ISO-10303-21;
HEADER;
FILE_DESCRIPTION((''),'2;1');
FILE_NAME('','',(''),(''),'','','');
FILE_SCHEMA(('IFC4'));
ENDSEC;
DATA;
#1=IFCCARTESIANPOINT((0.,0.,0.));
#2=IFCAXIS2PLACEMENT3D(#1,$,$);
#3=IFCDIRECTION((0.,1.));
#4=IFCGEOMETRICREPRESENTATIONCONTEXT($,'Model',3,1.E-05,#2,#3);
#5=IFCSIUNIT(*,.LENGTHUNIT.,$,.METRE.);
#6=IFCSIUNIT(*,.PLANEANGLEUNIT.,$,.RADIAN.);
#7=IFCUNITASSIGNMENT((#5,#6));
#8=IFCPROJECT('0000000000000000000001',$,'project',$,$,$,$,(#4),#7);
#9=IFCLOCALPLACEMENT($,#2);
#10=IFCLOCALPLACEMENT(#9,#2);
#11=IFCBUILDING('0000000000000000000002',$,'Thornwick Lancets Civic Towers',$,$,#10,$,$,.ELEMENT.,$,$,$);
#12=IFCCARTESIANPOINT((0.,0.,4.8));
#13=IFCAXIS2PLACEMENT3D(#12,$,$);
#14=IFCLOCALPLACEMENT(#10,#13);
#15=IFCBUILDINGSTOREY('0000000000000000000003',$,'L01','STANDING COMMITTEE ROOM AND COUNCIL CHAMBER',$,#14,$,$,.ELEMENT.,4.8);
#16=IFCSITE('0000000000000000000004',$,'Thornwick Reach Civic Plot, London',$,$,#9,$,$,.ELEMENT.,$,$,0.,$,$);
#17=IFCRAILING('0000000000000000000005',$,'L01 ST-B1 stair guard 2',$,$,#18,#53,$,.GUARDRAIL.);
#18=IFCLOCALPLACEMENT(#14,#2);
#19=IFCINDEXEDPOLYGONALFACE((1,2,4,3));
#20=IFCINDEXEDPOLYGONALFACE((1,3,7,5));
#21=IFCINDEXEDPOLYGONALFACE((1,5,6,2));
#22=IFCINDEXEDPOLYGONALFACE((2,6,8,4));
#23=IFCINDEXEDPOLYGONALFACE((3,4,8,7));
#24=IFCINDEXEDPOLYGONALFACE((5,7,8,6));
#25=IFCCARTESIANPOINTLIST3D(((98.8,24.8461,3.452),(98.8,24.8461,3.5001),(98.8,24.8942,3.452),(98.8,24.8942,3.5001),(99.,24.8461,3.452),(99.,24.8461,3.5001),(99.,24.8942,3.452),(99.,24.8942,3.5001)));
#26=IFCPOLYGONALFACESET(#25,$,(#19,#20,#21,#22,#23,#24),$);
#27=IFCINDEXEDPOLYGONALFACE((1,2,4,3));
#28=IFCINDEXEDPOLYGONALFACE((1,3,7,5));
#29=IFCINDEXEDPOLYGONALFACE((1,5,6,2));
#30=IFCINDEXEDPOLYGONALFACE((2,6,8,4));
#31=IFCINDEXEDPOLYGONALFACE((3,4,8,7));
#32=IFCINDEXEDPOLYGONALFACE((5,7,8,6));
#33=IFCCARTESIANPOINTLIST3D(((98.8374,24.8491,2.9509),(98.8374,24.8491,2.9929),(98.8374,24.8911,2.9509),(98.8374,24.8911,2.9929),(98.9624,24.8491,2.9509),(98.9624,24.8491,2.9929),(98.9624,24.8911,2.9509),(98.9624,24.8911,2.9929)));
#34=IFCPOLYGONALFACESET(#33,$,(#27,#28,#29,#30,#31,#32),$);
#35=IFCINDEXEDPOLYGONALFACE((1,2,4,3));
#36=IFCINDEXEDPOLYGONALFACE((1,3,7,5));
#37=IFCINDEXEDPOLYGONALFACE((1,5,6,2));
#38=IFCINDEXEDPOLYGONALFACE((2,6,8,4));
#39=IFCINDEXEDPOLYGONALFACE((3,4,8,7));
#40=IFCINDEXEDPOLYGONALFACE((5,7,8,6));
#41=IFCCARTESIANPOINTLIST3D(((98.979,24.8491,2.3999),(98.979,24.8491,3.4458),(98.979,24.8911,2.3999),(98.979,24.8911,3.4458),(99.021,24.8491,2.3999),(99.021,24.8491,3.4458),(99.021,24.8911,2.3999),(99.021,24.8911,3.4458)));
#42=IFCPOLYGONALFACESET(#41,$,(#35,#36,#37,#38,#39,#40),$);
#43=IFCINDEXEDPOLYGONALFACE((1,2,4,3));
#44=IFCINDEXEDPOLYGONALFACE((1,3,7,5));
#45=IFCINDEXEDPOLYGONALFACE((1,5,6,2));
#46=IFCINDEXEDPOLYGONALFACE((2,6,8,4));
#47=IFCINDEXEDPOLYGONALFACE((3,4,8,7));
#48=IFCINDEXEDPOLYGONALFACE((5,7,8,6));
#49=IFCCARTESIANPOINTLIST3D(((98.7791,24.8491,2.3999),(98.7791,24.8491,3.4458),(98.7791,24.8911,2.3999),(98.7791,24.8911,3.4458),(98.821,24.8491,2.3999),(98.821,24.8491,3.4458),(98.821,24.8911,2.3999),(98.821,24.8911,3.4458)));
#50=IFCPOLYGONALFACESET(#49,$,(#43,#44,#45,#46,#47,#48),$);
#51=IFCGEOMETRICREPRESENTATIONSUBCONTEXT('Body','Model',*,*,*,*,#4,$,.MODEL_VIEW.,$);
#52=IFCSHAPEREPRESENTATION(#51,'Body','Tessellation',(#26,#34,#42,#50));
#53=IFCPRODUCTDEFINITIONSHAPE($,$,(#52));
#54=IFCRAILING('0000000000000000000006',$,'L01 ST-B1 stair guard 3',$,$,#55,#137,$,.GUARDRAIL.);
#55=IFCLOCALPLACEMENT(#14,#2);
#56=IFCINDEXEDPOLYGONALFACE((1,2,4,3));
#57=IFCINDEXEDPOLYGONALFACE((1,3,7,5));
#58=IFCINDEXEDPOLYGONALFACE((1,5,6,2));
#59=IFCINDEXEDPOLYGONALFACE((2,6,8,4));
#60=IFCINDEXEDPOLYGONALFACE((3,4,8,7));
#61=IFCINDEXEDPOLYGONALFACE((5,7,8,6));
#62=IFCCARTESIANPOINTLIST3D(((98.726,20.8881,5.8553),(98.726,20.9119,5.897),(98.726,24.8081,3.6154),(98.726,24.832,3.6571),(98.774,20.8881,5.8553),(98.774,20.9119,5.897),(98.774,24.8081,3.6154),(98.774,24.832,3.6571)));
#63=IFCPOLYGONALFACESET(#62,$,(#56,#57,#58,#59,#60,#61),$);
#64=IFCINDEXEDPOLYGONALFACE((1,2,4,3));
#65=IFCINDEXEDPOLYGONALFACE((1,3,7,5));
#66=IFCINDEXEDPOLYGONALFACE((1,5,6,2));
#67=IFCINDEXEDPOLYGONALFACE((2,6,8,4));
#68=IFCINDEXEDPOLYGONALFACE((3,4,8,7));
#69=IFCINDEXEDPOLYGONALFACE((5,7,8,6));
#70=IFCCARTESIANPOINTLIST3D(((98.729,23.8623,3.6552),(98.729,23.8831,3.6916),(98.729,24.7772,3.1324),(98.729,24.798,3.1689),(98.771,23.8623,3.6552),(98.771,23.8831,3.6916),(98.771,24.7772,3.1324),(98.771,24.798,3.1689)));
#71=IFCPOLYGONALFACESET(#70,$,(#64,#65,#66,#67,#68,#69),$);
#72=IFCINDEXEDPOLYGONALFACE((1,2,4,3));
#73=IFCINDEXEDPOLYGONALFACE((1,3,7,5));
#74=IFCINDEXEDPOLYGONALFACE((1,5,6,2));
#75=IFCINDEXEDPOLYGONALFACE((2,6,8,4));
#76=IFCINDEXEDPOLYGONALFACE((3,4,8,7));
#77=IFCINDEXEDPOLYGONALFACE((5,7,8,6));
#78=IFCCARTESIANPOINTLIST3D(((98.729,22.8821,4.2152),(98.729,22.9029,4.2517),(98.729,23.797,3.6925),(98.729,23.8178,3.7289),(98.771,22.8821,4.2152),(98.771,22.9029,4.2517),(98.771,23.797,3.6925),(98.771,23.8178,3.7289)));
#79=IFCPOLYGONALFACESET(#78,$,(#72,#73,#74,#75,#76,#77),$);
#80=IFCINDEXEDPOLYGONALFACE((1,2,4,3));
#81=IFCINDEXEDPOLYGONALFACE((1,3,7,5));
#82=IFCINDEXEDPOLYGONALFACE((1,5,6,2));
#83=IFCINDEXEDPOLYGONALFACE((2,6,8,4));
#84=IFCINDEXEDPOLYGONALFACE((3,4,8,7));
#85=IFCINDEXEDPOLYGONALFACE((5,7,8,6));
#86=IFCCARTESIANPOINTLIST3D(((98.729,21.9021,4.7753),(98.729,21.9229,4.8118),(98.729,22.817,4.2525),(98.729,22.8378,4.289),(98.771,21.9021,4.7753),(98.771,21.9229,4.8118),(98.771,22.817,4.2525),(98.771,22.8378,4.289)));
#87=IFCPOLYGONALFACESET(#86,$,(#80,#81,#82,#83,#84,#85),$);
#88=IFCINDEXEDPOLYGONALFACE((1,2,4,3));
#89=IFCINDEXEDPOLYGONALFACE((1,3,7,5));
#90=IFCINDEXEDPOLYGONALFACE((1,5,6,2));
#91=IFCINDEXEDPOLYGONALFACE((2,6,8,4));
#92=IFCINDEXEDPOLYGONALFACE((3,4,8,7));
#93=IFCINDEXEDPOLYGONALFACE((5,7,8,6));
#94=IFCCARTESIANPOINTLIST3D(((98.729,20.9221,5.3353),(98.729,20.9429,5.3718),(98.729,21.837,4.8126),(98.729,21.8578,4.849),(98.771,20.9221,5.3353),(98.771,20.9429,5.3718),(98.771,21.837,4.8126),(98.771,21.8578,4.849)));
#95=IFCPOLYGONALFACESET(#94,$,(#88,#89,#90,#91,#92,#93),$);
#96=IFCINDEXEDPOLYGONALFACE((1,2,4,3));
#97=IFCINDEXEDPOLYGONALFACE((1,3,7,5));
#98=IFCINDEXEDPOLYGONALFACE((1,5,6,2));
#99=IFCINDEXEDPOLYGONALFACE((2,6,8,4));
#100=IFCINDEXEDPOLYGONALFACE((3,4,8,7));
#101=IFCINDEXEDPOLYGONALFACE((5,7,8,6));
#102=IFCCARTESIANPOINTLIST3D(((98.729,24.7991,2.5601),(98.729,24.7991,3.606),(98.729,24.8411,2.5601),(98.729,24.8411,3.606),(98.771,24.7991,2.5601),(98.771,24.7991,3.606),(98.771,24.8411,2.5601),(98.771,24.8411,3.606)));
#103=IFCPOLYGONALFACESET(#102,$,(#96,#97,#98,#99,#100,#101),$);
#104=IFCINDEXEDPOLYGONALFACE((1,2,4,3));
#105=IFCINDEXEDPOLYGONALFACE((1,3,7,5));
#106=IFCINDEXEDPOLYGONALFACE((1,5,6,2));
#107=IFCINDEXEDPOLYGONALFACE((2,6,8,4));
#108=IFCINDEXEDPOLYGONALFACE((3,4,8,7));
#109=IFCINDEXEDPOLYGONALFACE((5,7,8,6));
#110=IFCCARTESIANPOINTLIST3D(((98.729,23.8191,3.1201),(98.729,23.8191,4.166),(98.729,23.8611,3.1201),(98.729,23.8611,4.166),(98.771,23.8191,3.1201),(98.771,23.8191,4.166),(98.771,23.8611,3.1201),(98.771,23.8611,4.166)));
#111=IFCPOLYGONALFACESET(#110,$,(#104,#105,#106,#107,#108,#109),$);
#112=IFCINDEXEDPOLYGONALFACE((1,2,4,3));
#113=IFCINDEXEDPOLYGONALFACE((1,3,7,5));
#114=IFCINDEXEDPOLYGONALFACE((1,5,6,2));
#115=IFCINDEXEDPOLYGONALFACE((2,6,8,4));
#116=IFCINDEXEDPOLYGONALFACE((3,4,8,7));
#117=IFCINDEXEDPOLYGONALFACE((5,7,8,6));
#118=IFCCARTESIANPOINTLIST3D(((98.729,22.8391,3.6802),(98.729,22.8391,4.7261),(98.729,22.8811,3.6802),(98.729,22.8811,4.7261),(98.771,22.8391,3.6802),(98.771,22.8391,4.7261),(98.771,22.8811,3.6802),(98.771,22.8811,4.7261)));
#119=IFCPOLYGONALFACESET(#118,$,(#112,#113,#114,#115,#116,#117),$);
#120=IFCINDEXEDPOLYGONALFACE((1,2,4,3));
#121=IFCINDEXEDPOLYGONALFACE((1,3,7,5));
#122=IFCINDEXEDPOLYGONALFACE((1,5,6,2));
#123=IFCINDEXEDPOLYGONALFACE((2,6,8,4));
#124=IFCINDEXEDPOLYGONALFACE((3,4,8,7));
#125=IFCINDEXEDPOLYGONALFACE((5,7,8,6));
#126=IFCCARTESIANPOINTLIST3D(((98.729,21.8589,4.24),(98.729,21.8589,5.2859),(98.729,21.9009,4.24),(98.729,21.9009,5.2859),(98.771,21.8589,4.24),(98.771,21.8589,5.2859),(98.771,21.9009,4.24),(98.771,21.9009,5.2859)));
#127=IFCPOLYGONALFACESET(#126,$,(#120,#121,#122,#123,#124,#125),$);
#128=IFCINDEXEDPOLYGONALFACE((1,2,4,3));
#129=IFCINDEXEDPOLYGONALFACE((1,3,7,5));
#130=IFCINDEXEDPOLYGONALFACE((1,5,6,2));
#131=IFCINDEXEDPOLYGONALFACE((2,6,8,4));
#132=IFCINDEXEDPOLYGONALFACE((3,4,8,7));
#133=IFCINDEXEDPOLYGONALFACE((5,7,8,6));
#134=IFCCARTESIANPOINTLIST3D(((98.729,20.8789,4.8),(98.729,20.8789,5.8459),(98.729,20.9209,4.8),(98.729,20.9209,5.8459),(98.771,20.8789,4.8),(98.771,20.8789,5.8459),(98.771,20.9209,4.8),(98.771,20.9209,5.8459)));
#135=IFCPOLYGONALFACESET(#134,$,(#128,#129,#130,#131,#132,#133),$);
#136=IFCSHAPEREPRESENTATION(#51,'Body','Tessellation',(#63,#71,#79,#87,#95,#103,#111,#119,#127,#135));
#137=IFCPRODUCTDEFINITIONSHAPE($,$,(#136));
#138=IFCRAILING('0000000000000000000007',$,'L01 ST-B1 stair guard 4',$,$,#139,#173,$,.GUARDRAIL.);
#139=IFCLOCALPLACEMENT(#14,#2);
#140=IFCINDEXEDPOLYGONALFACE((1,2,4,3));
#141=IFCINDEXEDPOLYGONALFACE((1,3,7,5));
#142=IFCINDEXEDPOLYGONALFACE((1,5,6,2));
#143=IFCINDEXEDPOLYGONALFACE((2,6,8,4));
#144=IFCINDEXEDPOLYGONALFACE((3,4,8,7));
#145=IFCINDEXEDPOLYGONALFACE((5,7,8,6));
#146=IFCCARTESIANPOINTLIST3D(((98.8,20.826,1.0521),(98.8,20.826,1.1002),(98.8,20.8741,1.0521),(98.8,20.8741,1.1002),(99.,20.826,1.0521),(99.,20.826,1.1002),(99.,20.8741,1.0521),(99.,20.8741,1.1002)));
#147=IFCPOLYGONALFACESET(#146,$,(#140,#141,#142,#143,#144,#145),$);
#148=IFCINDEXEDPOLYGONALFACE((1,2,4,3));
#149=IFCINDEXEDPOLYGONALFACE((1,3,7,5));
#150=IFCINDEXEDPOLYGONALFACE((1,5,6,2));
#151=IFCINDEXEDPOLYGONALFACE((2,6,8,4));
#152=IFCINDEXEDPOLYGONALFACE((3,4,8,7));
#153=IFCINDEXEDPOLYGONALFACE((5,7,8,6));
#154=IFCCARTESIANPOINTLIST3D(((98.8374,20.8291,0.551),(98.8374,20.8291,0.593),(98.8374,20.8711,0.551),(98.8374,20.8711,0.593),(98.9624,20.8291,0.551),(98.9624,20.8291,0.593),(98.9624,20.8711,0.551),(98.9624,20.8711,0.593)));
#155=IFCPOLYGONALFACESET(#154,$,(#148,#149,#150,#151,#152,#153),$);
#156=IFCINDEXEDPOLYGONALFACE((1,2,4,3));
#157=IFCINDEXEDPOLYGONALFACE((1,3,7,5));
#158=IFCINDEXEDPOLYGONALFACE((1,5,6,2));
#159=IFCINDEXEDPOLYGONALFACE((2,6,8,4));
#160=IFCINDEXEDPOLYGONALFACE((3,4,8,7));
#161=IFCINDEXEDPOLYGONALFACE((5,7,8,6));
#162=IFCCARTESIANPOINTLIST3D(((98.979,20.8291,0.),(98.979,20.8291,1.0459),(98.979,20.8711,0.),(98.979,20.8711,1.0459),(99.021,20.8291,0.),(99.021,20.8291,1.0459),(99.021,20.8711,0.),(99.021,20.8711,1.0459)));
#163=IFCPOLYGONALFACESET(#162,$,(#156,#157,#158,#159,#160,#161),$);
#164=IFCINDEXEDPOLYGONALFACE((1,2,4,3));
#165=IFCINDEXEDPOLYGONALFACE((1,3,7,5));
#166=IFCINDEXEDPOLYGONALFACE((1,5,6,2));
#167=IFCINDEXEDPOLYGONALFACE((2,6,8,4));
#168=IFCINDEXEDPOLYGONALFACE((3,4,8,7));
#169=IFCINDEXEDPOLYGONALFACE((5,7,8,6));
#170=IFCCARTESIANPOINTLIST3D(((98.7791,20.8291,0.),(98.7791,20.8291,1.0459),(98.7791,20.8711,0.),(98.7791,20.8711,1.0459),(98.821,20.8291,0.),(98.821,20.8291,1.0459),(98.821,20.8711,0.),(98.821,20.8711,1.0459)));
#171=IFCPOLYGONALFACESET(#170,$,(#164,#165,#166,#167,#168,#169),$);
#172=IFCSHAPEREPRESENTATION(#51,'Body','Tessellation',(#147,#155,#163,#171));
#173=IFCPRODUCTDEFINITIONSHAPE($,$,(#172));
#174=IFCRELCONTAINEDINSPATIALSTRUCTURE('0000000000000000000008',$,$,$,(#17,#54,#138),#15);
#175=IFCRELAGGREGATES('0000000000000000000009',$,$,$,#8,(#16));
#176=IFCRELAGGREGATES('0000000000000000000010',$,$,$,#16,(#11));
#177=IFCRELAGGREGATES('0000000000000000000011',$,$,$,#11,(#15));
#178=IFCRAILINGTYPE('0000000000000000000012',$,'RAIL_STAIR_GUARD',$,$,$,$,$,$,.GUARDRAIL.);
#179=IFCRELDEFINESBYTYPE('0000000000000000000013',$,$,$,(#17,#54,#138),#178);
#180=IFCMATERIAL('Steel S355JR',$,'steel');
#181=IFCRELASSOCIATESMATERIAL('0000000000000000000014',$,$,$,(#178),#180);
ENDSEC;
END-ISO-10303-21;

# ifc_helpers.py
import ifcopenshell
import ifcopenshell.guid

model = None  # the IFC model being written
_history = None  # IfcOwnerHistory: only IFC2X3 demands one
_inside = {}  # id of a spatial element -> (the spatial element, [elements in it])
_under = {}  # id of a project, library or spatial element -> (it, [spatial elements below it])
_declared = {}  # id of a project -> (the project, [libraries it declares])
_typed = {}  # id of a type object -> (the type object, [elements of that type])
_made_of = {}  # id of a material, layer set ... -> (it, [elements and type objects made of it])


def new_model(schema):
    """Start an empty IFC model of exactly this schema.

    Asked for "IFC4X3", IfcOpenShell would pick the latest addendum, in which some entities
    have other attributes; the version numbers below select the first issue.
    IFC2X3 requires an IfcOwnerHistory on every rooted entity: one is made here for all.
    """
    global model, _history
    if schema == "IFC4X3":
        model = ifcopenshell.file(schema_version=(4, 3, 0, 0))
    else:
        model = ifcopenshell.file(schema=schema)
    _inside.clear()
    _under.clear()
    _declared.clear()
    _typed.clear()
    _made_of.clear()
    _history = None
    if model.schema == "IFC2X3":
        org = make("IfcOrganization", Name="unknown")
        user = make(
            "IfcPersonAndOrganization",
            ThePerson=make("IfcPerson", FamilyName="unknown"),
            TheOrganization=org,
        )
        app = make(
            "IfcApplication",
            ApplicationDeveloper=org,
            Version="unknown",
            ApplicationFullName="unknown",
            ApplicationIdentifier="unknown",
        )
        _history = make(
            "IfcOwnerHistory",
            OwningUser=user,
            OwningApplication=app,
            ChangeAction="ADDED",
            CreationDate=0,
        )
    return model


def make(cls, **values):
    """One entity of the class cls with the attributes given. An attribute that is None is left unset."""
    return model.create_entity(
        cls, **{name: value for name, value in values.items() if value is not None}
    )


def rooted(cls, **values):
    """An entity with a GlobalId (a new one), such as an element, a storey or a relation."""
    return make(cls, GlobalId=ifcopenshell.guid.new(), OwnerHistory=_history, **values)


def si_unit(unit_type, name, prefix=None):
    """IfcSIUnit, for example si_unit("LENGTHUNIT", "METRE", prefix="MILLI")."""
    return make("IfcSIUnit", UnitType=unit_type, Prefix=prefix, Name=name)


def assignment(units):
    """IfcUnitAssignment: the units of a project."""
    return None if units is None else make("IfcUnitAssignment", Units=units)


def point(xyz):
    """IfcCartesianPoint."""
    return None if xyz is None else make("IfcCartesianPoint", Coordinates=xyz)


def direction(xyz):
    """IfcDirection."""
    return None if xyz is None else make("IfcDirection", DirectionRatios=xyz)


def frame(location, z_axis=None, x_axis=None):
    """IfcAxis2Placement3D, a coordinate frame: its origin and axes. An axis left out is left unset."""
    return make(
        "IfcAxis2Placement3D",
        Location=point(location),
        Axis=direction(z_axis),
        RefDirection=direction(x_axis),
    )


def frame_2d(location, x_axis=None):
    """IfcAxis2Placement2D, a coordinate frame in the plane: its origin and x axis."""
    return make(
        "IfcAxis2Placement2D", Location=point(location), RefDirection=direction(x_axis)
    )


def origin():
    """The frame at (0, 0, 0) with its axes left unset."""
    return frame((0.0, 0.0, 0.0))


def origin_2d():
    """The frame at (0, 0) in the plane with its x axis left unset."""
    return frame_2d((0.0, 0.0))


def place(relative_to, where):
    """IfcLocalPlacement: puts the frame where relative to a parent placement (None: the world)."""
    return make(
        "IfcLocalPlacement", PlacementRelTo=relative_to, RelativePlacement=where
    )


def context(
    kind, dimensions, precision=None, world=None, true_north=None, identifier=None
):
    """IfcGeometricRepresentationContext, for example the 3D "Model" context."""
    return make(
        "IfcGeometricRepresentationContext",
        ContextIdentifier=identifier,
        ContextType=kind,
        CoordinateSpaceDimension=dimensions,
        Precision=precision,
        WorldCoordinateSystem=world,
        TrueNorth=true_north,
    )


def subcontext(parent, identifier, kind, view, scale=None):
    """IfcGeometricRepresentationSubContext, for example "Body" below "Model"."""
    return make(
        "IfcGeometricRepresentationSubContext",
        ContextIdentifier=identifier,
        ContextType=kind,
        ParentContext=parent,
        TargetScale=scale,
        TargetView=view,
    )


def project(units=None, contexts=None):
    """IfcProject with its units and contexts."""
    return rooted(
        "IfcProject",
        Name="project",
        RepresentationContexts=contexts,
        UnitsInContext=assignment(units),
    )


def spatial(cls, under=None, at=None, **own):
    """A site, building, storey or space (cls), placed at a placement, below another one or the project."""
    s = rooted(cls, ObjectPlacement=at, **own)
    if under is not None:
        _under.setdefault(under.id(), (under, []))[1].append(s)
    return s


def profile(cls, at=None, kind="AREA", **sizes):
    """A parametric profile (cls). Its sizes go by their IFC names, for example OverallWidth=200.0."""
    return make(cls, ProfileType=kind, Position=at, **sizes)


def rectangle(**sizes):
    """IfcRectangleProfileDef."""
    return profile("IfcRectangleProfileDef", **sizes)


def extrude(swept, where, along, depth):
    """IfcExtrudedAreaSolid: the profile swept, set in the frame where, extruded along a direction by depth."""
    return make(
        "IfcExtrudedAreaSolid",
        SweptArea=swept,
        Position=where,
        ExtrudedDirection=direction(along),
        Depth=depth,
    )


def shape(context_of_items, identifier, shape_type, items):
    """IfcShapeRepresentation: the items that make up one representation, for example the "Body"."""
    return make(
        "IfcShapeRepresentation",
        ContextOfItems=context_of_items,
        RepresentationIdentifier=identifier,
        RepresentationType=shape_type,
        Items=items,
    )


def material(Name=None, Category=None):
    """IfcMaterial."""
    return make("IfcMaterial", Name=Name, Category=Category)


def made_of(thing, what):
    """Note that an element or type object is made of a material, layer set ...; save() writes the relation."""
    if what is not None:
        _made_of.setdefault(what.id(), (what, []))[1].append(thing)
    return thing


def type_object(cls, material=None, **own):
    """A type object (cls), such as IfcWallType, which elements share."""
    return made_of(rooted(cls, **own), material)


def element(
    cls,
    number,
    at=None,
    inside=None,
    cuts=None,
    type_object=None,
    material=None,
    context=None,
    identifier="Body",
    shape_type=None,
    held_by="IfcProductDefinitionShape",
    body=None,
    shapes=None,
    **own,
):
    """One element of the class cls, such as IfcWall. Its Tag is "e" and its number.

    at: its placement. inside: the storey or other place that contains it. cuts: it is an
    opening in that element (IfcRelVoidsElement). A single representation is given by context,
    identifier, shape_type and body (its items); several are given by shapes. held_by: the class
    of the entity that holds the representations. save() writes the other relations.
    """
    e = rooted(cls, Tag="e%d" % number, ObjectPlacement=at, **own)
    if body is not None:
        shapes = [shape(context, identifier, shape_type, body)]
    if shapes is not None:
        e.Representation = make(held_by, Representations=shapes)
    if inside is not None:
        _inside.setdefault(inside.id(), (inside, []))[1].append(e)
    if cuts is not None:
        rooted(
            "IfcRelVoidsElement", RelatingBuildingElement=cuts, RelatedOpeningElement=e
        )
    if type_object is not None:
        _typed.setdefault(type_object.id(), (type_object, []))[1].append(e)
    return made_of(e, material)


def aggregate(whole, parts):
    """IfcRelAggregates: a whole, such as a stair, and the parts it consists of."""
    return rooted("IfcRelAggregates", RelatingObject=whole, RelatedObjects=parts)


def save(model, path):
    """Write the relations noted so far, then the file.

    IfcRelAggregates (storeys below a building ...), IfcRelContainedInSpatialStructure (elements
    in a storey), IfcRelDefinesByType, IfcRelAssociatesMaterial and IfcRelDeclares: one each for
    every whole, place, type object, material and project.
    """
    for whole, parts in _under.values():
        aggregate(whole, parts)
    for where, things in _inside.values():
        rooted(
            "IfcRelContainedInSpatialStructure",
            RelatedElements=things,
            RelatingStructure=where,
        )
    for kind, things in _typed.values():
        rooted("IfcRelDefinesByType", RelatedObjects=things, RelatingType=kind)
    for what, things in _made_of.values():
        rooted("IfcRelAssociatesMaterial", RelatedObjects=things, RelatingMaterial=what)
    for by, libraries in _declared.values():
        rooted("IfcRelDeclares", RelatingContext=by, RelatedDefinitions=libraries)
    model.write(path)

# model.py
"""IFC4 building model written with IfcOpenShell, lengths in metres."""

from ifc_helpers import new_model, si_unit, direction, frame, origin, origin_2d, place, context, subcontext, project, spatial, rectangle, extrude, material, type_object, element, save


model = new_model("IFC4")

# Units and contexts
model_context = context("Model", 3, precision=1e-05, world=origin(), true_north=direction((0.0, 1.0)))
body_context = subcontext(model_context, "Body", "Model", "MODEL_VIEW")
ifc_project = project(units=[si_unit("LENGTHUNIT", "METRE"), si_unit("PLANEANGLEUNIT", "RADIAN")], contexts=[model_context])

# Site, building, storey
site_placement = place(None, origin())
site = spatial("IfcSite", under=ifc_project, at=site_placement, Name="Thornwick Reach Civic Plot, London", CompositionType="ELEMENT", RefElevation=0.0)
building_placement = place(site_placement, origin())
building = spatial("IfcBuilding", under=site, at=building_placement, Name="Thornwick Lancets Civic Towers", CompositionType="ELEMENT")
storey_placement = place(building_placement, frame((0.0, 0.0, 4.8)))
storey = spatial("IfcBuildingStorey", under=building, at=storey_placement, Name="L01", Description="STANDING COMMITTEE ROOM AND COUNCIL CHAMBER", CompositionType="ELEMENT", Elevation=4.8)

# Shared definitions
ifc_material_1 = material(Name="Steel S355JR", Category="steel")

# Railings
railing_type_1 = type_object("IfcRailingType", Name="RAIL_STAIR_GUARD", PredefinedType="GUARDRAIL", material=ifc_material_1)
railing_1_placement = place(storey_placement, frame((99.0, 24.8701, 2.3999)))
element("IfcRailing", 1, at=railing_1_placement, inside=storey, type_object=railing_type_1, Name="L01 ST-B1 stair guard 2", PredefinedType="GUARDRAIL", context=body_context, shape_type="SweptSolid", body=[
    extrude(rectangle(XDim=0.0481, YDim=0.0481, at=origin_2d()), frame((0.0, 0.0, 1.0762), z_axis=(-1.0, 0.0, 0.0), x_axis=(0.0, -1.0, 0.0)), (0.0, 0.0, 1.0), 0.2),
    extrude(rectangle(XDim=0.042, YDim=0.042, at=origin_2d()), frame((-0.0376, 0.0, 0.572), z_axis=(-1.0, 0.0, 0.0), x_axis=(0.0, -1.0, 0.0)), (0.0, 0.0, 1.0), 0.125),
    extrude(rectangle(XDim=0.042, YDim=0.042, at=origin_2d()), origin(), (0.0, 0.0, 1.0), 1.0459),
    extrude(rectangle(XDim=0.042, YDim=0.042, at=origin_2d()), frame((-0.2, 0.0, 0.0)), (0.0, 0.0, 1.0), 1.0459),
])
railing_2_placement = place(storey_placement, frame((98.75, 24.8201, 2.5601)))
element("IfcRailing", 2, at=railing_2_placement, inside=storey, type_object=railing_type_1, Name="L01 ST-B1 stair guard 3", PredefinedType="GUARDRAIL", context=body_context, shape_type="SweptSolid", body=[
    extrude(rectangle(XDim=0.0481, YDim=0.0481, at=origin_2d()), frame((0.0, 0.0, 1.0762), z_axis=(0.0, -0.868253, 0.496121), x_axis=(1.0, 0.0, 0.0)), (0.0, 0.0, 1.0), 4.5149),
    extrude(rectangle(XDim=0.042, YDim=0.042, at=origin_2d()), frame((0.0, -0.0325, 0.5906), z_axis=(0.0, -0.868253, 0.496121), x_axis=(1.0, 0.0, 0.0)), (0.0, 0.0, 1.0), 1.0537),
    extrude(rectangle(XDim=0.042, YDim=0.042, at=origin_2d()), frame((0.0, -1.0127, 1.1506), z_axis=(0.0, -0.868253, 0.496121), x_axis=(1.0, 0.0, 0.0)), (0.0, 0.0, 1.0), 1.0537),
    extrude(rectangle(XDim=0.042, YDim=0.042, at=origin_2d()), frame((0.0, -1.9927, 1.7107), z_axis=(0.0, -0.868253, 0.496121), x_axis=(1.0, 0.0, 0.0)), (0.0, 0.0, 1.0), 1.0537),
    extrude(rectangle(XDim=0.042, YDim=0.042, at=origin_2d()), frame((0.0, -2.9727, 2.2708), z_axis=(0.0, -0.868253, 0.496121), x_axis=(1.0, 0.0, 0.0)), (0.0, 0.0, 1.0), 1.0537),
    extrude(rectangle(XDim=0.042, YDim=0.042, at=origin_2d()), origin(), (0.0, 0.0, 1.0), 1.0459),
    extrude(rectangle(XDim=0.042, YDim=0.042, at=origin_2d()), frame((0.0, -0.98, 0.5601)), (0.0, 0.0, 1.0), 1.0459),
    extrude(rectangle(XDim=0.042, YDim=0.042, at=origin_2d()), frame((0.0, -1.96, 1.1201)), (0.0, 0.0, 1.0), 1.0459),
    extrude(rectangle(XDim=0.042, YDim=0.042, at=origin_2d()), frame((0.0, -2.9402, 1.6799)), (0.0, 0.0, 1.0), 1.0459),
    extrude(rectangle(XDim=0.042, YDim=0.042, at=origin_2d()), frame((0.0, -3.9202, 2.24)), (0.0, 0.0, 1.0), 1.0459),
])
railing_3_placement = place(storey_placement, frame((99.0, 20.8501, 0.0)))
element("IfcRailing", 3, at=railing_3_placement, inside=storey, type_object=railing_type_1, Name="L01 ST-B1 stair guard 4", PredefinedType="GUARDRAIL", context=body_context, shape_type="SweptSolid", body=[
    extrude(rectangle(XDim=0.0481, YDim=0.0481, at=origin_2d()), frame((0.0, 0.0, 1.0762), z_axis=(-1.0, 0.0, 0.0), x_axis=(0.0, -1.0, 0.0)), (0.0, 0.0, 1.0), 0.2),
    extrude(rectangle(XDim=0.042, YDim=0.042, at=origin_2d()), frame((-0.0376, 0.0, 0.572), z_axis=(-1.0, 0.0, 0.0), x_axis=(0.0, -1.0, 0.0)), (0.0, 0.0, 1.0), 0.125),
    extrude(rectangle(XDim=0.042, YDim=0.042, at=origin_2d()), origin(), (0.0, 0.0, 1.0), 1.0459),
    extrude(rectangle(XDim=0.042, YDim=0.042, at=origin_2d()), frame((-0.2, 0.0, 0.0)), (0.0, 0.0, 1.0), 1.0459),
])

save(model, "model.ifc")
